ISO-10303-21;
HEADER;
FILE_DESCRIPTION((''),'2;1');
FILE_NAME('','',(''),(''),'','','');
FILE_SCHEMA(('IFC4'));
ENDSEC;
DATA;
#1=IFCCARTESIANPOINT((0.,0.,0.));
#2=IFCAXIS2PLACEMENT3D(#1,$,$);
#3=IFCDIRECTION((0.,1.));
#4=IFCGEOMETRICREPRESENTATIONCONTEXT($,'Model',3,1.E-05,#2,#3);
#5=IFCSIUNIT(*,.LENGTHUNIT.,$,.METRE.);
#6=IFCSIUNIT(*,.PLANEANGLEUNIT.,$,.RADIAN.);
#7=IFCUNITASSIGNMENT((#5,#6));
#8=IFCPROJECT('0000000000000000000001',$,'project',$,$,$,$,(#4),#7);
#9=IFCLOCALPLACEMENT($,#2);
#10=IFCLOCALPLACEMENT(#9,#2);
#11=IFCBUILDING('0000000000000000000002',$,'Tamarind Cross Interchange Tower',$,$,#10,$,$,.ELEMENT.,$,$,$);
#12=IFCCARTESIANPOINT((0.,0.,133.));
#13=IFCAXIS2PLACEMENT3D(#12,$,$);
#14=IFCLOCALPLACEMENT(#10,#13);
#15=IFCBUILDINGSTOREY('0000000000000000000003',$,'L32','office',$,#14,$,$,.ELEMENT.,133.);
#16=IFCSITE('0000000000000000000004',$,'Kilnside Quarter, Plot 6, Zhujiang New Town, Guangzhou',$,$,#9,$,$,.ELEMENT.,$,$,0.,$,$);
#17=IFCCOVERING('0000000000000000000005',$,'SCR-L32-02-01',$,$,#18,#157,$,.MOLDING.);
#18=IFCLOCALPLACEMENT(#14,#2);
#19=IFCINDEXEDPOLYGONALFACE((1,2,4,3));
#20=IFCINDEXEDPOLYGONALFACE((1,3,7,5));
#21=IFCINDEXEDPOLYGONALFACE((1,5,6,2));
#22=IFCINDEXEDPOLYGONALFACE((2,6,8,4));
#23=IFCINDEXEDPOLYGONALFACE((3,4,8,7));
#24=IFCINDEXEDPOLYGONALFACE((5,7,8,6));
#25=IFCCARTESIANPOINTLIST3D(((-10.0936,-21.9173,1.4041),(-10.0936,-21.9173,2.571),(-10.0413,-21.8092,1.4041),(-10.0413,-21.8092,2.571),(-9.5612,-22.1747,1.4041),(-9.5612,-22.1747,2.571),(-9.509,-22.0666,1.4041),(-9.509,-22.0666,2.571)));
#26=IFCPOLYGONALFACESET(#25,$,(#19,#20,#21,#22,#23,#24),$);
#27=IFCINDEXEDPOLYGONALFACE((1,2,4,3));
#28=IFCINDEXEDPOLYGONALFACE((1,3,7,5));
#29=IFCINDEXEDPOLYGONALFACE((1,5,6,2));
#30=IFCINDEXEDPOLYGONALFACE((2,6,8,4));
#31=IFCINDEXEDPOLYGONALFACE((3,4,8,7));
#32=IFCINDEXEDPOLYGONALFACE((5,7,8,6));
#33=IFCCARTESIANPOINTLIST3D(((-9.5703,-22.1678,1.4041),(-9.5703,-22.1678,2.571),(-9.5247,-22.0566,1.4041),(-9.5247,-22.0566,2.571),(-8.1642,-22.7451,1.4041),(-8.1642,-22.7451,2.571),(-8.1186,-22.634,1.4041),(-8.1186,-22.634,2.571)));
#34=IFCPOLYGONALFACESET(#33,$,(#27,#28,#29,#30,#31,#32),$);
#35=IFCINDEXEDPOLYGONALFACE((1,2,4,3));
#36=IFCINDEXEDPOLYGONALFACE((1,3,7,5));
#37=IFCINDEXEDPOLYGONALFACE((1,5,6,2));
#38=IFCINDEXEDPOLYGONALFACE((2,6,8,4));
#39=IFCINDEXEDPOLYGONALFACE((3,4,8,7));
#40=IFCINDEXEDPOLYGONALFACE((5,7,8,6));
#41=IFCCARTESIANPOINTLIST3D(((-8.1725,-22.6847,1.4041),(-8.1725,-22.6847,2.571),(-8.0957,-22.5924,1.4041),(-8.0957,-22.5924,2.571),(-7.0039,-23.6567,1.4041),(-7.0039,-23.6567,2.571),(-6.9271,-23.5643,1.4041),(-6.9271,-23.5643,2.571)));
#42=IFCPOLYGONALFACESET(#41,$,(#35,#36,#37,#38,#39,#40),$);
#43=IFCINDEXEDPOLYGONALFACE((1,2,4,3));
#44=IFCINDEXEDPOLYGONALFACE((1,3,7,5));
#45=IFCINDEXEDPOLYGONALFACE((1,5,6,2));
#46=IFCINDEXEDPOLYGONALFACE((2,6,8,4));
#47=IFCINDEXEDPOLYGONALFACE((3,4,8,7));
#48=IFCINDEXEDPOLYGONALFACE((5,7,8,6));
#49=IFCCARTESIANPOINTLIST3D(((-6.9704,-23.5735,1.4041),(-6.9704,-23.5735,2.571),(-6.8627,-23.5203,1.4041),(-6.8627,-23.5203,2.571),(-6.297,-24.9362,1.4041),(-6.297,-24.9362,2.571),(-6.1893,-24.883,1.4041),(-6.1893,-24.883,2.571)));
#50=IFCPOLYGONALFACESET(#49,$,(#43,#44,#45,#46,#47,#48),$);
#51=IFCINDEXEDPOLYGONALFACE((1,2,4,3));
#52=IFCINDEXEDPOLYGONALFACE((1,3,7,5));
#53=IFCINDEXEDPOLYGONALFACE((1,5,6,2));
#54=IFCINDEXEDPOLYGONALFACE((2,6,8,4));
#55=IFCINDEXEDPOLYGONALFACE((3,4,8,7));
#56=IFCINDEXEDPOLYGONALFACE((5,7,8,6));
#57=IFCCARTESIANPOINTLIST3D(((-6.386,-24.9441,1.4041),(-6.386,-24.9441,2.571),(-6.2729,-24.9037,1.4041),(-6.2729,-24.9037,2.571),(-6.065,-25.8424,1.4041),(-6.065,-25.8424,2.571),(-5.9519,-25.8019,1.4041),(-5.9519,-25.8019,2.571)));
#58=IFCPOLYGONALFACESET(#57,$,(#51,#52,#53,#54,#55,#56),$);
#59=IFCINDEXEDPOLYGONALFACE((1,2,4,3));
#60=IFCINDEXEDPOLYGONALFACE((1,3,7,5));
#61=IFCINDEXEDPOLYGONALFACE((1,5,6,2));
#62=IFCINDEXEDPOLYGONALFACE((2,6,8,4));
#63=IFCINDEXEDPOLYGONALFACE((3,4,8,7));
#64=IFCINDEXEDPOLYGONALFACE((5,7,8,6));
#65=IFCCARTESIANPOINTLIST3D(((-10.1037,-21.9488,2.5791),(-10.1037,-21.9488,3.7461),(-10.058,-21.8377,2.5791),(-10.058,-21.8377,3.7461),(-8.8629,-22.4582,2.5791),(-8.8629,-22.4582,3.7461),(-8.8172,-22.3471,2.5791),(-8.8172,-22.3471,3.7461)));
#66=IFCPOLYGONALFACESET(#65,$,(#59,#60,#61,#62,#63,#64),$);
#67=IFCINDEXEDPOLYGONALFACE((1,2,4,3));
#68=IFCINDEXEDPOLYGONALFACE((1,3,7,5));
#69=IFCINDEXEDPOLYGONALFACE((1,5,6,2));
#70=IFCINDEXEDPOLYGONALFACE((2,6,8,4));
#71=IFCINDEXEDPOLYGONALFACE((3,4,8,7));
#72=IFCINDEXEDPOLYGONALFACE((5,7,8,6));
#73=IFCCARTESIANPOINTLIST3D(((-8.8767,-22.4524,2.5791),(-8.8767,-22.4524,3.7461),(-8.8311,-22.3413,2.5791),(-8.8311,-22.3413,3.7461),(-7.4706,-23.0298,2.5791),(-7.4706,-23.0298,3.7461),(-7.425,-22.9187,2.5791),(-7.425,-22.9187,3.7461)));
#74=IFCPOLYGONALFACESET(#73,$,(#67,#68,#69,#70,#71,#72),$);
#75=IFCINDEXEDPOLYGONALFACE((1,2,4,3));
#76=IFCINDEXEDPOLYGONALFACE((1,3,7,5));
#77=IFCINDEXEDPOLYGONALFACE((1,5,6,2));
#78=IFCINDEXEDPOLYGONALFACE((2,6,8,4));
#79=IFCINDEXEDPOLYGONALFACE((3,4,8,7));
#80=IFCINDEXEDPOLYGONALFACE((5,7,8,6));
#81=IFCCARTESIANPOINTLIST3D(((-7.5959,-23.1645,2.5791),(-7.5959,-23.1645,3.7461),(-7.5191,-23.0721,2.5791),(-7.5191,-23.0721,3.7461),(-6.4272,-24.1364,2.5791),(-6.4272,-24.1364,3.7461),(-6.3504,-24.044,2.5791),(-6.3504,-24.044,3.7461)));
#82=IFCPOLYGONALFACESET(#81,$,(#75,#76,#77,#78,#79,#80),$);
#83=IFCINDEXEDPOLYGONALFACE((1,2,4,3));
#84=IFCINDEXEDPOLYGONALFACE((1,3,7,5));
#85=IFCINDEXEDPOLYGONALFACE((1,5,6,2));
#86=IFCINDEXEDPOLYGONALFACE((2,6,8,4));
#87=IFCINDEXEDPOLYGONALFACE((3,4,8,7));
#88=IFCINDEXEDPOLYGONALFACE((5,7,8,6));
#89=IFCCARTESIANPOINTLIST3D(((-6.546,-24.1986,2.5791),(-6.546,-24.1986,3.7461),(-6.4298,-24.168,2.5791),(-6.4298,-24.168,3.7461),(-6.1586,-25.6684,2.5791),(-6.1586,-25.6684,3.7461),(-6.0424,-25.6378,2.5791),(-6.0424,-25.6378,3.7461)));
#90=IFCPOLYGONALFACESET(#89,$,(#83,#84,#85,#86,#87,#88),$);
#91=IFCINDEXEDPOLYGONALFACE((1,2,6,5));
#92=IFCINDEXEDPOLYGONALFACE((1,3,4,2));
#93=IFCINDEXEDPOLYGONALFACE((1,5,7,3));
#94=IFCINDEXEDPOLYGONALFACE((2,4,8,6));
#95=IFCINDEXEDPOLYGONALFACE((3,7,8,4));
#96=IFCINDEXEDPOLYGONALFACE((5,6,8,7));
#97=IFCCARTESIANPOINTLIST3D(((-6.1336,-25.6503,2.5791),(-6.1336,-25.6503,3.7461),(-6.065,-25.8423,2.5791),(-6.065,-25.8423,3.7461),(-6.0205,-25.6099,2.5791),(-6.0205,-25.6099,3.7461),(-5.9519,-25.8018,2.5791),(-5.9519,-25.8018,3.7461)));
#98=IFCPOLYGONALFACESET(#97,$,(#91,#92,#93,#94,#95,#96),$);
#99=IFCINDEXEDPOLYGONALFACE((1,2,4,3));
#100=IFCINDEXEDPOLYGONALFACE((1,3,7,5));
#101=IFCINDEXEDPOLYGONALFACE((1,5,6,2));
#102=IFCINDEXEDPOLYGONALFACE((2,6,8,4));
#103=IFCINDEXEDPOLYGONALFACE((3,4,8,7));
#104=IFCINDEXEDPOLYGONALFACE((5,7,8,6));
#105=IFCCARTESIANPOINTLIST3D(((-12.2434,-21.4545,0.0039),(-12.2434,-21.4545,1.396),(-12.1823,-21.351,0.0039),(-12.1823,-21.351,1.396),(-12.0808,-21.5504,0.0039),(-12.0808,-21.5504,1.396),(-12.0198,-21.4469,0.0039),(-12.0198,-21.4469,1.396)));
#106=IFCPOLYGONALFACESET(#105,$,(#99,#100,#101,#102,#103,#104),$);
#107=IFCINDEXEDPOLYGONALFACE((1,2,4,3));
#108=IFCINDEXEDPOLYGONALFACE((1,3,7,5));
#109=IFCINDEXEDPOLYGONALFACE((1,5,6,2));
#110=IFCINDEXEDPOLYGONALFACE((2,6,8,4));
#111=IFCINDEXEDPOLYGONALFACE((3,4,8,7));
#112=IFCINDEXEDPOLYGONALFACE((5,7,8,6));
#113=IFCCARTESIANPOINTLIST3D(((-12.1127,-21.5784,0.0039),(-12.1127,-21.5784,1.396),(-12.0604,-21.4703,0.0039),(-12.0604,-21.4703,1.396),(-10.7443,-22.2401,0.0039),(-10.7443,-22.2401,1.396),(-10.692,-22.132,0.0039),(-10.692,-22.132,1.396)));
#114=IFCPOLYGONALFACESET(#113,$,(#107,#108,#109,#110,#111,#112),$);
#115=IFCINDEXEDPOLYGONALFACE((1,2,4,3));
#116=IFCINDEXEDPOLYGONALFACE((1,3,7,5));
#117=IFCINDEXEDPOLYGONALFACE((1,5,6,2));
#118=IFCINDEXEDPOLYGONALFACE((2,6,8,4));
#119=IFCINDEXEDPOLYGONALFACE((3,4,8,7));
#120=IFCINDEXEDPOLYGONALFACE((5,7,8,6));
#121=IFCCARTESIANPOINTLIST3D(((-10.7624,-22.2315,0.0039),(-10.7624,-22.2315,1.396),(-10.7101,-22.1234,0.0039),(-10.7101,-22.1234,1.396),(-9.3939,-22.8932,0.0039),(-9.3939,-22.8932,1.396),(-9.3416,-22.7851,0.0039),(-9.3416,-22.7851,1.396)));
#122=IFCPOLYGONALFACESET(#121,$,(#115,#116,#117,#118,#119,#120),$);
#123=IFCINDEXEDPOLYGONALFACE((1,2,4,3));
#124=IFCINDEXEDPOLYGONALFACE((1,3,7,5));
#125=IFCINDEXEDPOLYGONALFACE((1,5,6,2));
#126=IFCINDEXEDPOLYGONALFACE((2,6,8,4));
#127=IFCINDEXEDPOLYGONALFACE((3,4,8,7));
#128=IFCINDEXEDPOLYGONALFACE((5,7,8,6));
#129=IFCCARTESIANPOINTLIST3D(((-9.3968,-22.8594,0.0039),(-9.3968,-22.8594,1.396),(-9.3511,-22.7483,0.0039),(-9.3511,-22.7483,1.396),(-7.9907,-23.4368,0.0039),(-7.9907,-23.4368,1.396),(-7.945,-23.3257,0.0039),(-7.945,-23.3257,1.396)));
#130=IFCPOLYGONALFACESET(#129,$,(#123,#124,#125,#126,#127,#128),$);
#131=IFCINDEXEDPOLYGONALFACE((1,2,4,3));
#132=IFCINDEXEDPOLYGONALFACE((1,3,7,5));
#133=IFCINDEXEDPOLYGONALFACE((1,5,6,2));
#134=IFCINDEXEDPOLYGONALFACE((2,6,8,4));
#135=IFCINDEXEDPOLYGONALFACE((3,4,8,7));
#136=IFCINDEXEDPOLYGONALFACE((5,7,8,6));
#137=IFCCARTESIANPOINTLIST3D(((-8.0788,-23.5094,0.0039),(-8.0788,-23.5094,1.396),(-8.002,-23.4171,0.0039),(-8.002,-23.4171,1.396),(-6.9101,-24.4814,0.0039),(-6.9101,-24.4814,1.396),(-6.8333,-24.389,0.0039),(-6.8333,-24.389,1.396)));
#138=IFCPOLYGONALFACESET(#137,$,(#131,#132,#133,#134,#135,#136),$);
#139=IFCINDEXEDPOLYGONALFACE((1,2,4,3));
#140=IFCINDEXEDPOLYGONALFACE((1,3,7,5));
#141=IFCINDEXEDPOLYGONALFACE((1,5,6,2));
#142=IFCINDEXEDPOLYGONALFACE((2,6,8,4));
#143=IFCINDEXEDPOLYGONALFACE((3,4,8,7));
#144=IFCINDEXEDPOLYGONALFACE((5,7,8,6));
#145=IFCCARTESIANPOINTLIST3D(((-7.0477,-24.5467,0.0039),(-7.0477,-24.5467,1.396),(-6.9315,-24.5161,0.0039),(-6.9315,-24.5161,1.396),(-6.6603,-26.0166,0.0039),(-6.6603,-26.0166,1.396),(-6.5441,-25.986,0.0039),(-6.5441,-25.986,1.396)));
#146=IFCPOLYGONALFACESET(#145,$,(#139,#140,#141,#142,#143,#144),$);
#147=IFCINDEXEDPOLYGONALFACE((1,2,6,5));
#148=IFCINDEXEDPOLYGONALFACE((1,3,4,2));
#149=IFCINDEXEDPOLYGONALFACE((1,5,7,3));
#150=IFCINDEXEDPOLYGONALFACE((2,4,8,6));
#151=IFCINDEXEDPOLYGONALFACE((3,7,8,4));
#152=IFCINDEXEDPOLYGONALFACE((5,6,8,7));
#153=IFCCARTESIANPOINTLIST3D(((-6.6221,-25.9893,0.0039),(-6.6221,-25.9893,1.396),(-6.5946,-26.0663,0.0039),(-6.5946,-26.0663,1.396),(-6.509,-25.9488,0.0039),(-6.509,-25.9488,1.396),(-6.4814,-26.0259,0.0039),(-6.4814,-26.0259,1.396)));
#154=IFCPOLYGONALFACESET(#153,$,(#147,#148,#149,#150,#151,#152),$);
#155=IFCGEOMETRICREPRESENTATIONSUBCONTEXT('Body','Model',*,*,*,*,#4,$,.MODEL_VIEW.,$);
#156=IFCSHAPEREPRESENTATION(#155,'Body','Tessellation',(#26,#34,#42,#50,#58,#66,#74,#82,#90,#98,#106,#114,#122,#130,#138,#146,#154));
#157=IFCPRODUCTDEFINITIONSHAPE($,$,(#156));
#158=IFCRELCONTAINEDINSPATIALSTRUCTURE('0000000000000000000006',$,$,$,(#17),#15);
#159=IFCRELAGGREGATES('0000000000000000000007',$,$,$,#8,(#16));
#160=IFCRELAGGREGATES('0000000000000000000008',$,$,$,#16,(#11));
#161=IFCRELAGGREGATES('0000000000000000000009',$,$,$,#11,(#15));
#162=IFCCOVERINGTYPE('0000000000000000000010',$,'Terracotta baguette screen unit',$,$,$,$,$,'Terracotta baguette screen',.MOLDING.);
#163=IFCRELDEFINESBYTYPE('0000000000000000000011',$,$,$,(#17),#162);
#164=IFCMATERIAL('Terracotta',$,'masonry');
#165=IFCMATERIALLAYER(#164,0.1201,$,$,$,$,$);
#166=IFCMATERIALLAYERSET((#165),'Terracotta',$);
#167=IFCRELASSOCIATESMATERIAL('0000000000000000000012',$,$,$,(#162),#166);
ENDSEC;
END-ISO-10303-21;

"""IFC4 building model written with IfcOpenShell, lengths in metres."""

from ifc_helpers import new_model, si_unit, direction, frame, origin, origin_2d, place, context, subcontext, project, spatial, rectangle, extrude, material, layer, layer_set, type_object, element, save


model = new_model("IFC4")

# Units and contexts
model_context = context("Model", 3, precision=1e-05, world=origin(), true_north=direction((0.0, 1.0)))
body_context = subcontext(model_context, "Body", "Model", "MODEL_VIEW")
ifc_project = project(units=[si_unit("LENGTHUNIT", "METRE"), si_unit("PLANEANGLEUNIT", "RADIAN")], contexts=[model_context])

# Site, building, storey
site_placement = place(None, origin())
site = spatial("IfcSite", under=ifc_project, at=site_placement, Name="Kilnside Quarter, Plot 6, Zhujiang New Town, Guangzhou", CompositionType="ELEMENT", RefElevation=0.0)
building_placement = place(site_placement, origin())
building = spatial("IfcBuilding", under=site, at=building_placement, Name="Tamarind Cross Interchange Tower", CompositionType="ELEMENT")
storey_placement = place(building_placement, frame((0.0, 0.0, 133.0)))
storey = spatial("IfcBuildingStorey", under=building, at=storey_placement, Name="L32", Description="office", CompositionType="ELEMENT", Elevation=133.0)

# Covering
ifc_material_1 = material(Name="Terracotta", Category="masonry")
ifc_layer_1 = layer(ifc_material_1, 0.1201)
ifc_layer_set_1 = layer_set([ifc_layer_1], Name="Terracotta")
covering_type = type_object("IfcCoveringType", Name="Terracotta baguette screen unit", ElementType="Terracotta baguette screen", PredefinedType="MOLDING", material=ifc_layer_set_1)
covering_1_placement = place(storey_placement, origin())
element("IfcCovering", 1, at=covering_1_placement, inside=storey, type_object=covering_type, Name="SCR-L32-02-01", PredefinedType="MOLDING", context=body_context, shape_type="SweptSolid", body=[
    extrude(rectangle(XDim=0.5913, YDim=0.1201, at=origin_2d()), frame((-9.8013, -21.9919, 1.4041), z_axis=(0.0, 0.0, 1.0), x_axis=(0.900273, -0.435326, 0.0)), (0.0, 0.0, 1.0), 1.167),
    extrude(rectangle(XDim=1.52, YDim=0.1201, at=origin_2d()), frame((-8.8445, -22.4009, 1.4041), z_axis=(0.0, 0.0, 1.0), x_axis=(0.925053, -0.379837, 0.0)), (0.0, 0.0, 1.0), 1.167),
    extrude(rectangle(XDim=1.52, YDim=0.1201, at=origin_2d()), frame((-7.5498, -23.1245, 1.4041), z_axis=(0.0, 0.0, 1.0), x_axis=(0.768853, -0.639426, 0.0)), (0.0, 0.0, 1.0), 1.167),
    extrude(rectangle(XDim=1.52, YDim=0.1201, at=origin_2d()), frame((-6.5798, -24.2283, 1.4041), z_axis=(0.0, 0.0, 1.0), x_axis=(0.442988, -0.896528, 0.0)), (0.0, 0.0, 1.0), 1.167),
    extrude(rectangle(XDim=0.9539, YDim=0.1201, at=origin_2d()), frame((-6.1689, -25.373, 1.4041), z_axis=(0.0, 0.0, 1.0), x_axis=(0.336517, -0.941677, 0.0)), (0.0, 0.0, 1.0), 1.167),
    extrude(rectangle(XDim=1.3413, YDim=0.1201, at=origin_2d()), frame((-9.4604, -22.1479, 2.5791), z_axis=(0.0, 0.0, 1.0), x_axis=(0.925053, -0.379837, 0.0)), (0.0, 0.0, 1.0), 1.167),
    extrude(rectangle(XDim=1.52, YDim=0.1201, at=origin_2d()), frame((-8.1509, -22.6855, 2.5791), z_axis=(0.0, 0.0, 1.0), x_axis=(0.925053, -0.379837, 0.0)), (0.0, 0.0, 1.0), 1.167),
    extrude(rectangle(XDim=1.52, YDim=0.1201, at=origin_2d()), frame((-6.9731, -23.6042, 2.5791), z_axis=(0.0, 0.0, 1.0), x_axis=(0.768853, -0.639426, 0.0)), (0.0, 0.0, 1.0), 1.167),
    extrude(rectangle(XDim=1.52, YDim=0.1201, at=origin_2d()), frame((-6.2942, -24.9182, 2.5791), z_axis=(0.0, 0.0, 1.0), x_axis=(0.254848, -0.966981, 0.0)), (0.0, 0.0, 1.0), 1.167),
    extrude(rectangle(XDim=0.2039, YDim=0.1201, at=origin_2d()), frame((-6.0427, -25.7261, 2.5791), z_axis=(0.0, 0.0, 1.0), x_axis=(0.336517, -0.941677, 0.0)), (0.0, 0.0, 1.0), 1.167),
    extrude(rectangle(XDim=0.1887, YDim=0.1201, at=origin_2d()), frame((-12.1316, -21.4507, 0.0039), z_axis=(0.0, 0.0, 1.0), x_axis=(0.861249, -0.508183, 0.0)), (0.0, 0.0, 1.0), 1.3921),
    extrude(rectangle(XDim=1.52, YDim=0.1201, at=origin_2d()), frame((-11.4023, -21.8552, 0.0039), z_axis=(0.0, 0.0, 1.0), x_axis=(0.900273, -0.435326, 0.0)), (0.0, 0.0, 1.0), 1.3921),
    extrude(rectangle(XDim=1.52, YDim=0.1201, at=origin_2d()), frame((-10.052, -22.5083, 0.0039), z_axis=(0.0, 0.0, 1.0), x_axis=(0.900273, -0.435326, 0.0)), (0.0, 0.0, 1.0), 1.3921),
    extrude(rectangle(XDim=1.52, YDim=0.1201, at=origin_2d()), frame((-8.6709, -23.0925, 0.0039), z_axis=(0.0, 0.0, 1.0), x_axis=(0.925053, -0.379837, 0.0)), (0.0, 0.0, 1.0), 1.3921),
    extrude(rectangle(XDim=1.52, YDim=0.1201, at=origin_2d()), frame((-7.4561, -23.9492, 0.0039), z_axis=(0.0, 0.0, 1.0), x_axis=(0.768853, -0.639426, 0.0)), (0.0, 0.0, 1.0), 1.3921),
    extrude(rectangle(XDim=1.52, YDim=0.1201, at=origin_2d()), frame((-6.7959, -25.2664, 0.0039), z_axis=(0.0, 0.0, 1.0), x_axis=(0.254848, -0.966981, 0.0)), (0.0, 0.0, 1.0), 1.3921),
    extrude(rectangle(XDim=0.0818, YDim=0.1201, at=origin_2d()), frame((-6.5518, -26.0076, 0.0039), z_axis=(0.0, 0.0, 1.0), x_axis=(0.336517, -0.941677, 0.0)), (0.0, 0.0, 1.0), 1.3921),
])

save(model, "model.ifc")
